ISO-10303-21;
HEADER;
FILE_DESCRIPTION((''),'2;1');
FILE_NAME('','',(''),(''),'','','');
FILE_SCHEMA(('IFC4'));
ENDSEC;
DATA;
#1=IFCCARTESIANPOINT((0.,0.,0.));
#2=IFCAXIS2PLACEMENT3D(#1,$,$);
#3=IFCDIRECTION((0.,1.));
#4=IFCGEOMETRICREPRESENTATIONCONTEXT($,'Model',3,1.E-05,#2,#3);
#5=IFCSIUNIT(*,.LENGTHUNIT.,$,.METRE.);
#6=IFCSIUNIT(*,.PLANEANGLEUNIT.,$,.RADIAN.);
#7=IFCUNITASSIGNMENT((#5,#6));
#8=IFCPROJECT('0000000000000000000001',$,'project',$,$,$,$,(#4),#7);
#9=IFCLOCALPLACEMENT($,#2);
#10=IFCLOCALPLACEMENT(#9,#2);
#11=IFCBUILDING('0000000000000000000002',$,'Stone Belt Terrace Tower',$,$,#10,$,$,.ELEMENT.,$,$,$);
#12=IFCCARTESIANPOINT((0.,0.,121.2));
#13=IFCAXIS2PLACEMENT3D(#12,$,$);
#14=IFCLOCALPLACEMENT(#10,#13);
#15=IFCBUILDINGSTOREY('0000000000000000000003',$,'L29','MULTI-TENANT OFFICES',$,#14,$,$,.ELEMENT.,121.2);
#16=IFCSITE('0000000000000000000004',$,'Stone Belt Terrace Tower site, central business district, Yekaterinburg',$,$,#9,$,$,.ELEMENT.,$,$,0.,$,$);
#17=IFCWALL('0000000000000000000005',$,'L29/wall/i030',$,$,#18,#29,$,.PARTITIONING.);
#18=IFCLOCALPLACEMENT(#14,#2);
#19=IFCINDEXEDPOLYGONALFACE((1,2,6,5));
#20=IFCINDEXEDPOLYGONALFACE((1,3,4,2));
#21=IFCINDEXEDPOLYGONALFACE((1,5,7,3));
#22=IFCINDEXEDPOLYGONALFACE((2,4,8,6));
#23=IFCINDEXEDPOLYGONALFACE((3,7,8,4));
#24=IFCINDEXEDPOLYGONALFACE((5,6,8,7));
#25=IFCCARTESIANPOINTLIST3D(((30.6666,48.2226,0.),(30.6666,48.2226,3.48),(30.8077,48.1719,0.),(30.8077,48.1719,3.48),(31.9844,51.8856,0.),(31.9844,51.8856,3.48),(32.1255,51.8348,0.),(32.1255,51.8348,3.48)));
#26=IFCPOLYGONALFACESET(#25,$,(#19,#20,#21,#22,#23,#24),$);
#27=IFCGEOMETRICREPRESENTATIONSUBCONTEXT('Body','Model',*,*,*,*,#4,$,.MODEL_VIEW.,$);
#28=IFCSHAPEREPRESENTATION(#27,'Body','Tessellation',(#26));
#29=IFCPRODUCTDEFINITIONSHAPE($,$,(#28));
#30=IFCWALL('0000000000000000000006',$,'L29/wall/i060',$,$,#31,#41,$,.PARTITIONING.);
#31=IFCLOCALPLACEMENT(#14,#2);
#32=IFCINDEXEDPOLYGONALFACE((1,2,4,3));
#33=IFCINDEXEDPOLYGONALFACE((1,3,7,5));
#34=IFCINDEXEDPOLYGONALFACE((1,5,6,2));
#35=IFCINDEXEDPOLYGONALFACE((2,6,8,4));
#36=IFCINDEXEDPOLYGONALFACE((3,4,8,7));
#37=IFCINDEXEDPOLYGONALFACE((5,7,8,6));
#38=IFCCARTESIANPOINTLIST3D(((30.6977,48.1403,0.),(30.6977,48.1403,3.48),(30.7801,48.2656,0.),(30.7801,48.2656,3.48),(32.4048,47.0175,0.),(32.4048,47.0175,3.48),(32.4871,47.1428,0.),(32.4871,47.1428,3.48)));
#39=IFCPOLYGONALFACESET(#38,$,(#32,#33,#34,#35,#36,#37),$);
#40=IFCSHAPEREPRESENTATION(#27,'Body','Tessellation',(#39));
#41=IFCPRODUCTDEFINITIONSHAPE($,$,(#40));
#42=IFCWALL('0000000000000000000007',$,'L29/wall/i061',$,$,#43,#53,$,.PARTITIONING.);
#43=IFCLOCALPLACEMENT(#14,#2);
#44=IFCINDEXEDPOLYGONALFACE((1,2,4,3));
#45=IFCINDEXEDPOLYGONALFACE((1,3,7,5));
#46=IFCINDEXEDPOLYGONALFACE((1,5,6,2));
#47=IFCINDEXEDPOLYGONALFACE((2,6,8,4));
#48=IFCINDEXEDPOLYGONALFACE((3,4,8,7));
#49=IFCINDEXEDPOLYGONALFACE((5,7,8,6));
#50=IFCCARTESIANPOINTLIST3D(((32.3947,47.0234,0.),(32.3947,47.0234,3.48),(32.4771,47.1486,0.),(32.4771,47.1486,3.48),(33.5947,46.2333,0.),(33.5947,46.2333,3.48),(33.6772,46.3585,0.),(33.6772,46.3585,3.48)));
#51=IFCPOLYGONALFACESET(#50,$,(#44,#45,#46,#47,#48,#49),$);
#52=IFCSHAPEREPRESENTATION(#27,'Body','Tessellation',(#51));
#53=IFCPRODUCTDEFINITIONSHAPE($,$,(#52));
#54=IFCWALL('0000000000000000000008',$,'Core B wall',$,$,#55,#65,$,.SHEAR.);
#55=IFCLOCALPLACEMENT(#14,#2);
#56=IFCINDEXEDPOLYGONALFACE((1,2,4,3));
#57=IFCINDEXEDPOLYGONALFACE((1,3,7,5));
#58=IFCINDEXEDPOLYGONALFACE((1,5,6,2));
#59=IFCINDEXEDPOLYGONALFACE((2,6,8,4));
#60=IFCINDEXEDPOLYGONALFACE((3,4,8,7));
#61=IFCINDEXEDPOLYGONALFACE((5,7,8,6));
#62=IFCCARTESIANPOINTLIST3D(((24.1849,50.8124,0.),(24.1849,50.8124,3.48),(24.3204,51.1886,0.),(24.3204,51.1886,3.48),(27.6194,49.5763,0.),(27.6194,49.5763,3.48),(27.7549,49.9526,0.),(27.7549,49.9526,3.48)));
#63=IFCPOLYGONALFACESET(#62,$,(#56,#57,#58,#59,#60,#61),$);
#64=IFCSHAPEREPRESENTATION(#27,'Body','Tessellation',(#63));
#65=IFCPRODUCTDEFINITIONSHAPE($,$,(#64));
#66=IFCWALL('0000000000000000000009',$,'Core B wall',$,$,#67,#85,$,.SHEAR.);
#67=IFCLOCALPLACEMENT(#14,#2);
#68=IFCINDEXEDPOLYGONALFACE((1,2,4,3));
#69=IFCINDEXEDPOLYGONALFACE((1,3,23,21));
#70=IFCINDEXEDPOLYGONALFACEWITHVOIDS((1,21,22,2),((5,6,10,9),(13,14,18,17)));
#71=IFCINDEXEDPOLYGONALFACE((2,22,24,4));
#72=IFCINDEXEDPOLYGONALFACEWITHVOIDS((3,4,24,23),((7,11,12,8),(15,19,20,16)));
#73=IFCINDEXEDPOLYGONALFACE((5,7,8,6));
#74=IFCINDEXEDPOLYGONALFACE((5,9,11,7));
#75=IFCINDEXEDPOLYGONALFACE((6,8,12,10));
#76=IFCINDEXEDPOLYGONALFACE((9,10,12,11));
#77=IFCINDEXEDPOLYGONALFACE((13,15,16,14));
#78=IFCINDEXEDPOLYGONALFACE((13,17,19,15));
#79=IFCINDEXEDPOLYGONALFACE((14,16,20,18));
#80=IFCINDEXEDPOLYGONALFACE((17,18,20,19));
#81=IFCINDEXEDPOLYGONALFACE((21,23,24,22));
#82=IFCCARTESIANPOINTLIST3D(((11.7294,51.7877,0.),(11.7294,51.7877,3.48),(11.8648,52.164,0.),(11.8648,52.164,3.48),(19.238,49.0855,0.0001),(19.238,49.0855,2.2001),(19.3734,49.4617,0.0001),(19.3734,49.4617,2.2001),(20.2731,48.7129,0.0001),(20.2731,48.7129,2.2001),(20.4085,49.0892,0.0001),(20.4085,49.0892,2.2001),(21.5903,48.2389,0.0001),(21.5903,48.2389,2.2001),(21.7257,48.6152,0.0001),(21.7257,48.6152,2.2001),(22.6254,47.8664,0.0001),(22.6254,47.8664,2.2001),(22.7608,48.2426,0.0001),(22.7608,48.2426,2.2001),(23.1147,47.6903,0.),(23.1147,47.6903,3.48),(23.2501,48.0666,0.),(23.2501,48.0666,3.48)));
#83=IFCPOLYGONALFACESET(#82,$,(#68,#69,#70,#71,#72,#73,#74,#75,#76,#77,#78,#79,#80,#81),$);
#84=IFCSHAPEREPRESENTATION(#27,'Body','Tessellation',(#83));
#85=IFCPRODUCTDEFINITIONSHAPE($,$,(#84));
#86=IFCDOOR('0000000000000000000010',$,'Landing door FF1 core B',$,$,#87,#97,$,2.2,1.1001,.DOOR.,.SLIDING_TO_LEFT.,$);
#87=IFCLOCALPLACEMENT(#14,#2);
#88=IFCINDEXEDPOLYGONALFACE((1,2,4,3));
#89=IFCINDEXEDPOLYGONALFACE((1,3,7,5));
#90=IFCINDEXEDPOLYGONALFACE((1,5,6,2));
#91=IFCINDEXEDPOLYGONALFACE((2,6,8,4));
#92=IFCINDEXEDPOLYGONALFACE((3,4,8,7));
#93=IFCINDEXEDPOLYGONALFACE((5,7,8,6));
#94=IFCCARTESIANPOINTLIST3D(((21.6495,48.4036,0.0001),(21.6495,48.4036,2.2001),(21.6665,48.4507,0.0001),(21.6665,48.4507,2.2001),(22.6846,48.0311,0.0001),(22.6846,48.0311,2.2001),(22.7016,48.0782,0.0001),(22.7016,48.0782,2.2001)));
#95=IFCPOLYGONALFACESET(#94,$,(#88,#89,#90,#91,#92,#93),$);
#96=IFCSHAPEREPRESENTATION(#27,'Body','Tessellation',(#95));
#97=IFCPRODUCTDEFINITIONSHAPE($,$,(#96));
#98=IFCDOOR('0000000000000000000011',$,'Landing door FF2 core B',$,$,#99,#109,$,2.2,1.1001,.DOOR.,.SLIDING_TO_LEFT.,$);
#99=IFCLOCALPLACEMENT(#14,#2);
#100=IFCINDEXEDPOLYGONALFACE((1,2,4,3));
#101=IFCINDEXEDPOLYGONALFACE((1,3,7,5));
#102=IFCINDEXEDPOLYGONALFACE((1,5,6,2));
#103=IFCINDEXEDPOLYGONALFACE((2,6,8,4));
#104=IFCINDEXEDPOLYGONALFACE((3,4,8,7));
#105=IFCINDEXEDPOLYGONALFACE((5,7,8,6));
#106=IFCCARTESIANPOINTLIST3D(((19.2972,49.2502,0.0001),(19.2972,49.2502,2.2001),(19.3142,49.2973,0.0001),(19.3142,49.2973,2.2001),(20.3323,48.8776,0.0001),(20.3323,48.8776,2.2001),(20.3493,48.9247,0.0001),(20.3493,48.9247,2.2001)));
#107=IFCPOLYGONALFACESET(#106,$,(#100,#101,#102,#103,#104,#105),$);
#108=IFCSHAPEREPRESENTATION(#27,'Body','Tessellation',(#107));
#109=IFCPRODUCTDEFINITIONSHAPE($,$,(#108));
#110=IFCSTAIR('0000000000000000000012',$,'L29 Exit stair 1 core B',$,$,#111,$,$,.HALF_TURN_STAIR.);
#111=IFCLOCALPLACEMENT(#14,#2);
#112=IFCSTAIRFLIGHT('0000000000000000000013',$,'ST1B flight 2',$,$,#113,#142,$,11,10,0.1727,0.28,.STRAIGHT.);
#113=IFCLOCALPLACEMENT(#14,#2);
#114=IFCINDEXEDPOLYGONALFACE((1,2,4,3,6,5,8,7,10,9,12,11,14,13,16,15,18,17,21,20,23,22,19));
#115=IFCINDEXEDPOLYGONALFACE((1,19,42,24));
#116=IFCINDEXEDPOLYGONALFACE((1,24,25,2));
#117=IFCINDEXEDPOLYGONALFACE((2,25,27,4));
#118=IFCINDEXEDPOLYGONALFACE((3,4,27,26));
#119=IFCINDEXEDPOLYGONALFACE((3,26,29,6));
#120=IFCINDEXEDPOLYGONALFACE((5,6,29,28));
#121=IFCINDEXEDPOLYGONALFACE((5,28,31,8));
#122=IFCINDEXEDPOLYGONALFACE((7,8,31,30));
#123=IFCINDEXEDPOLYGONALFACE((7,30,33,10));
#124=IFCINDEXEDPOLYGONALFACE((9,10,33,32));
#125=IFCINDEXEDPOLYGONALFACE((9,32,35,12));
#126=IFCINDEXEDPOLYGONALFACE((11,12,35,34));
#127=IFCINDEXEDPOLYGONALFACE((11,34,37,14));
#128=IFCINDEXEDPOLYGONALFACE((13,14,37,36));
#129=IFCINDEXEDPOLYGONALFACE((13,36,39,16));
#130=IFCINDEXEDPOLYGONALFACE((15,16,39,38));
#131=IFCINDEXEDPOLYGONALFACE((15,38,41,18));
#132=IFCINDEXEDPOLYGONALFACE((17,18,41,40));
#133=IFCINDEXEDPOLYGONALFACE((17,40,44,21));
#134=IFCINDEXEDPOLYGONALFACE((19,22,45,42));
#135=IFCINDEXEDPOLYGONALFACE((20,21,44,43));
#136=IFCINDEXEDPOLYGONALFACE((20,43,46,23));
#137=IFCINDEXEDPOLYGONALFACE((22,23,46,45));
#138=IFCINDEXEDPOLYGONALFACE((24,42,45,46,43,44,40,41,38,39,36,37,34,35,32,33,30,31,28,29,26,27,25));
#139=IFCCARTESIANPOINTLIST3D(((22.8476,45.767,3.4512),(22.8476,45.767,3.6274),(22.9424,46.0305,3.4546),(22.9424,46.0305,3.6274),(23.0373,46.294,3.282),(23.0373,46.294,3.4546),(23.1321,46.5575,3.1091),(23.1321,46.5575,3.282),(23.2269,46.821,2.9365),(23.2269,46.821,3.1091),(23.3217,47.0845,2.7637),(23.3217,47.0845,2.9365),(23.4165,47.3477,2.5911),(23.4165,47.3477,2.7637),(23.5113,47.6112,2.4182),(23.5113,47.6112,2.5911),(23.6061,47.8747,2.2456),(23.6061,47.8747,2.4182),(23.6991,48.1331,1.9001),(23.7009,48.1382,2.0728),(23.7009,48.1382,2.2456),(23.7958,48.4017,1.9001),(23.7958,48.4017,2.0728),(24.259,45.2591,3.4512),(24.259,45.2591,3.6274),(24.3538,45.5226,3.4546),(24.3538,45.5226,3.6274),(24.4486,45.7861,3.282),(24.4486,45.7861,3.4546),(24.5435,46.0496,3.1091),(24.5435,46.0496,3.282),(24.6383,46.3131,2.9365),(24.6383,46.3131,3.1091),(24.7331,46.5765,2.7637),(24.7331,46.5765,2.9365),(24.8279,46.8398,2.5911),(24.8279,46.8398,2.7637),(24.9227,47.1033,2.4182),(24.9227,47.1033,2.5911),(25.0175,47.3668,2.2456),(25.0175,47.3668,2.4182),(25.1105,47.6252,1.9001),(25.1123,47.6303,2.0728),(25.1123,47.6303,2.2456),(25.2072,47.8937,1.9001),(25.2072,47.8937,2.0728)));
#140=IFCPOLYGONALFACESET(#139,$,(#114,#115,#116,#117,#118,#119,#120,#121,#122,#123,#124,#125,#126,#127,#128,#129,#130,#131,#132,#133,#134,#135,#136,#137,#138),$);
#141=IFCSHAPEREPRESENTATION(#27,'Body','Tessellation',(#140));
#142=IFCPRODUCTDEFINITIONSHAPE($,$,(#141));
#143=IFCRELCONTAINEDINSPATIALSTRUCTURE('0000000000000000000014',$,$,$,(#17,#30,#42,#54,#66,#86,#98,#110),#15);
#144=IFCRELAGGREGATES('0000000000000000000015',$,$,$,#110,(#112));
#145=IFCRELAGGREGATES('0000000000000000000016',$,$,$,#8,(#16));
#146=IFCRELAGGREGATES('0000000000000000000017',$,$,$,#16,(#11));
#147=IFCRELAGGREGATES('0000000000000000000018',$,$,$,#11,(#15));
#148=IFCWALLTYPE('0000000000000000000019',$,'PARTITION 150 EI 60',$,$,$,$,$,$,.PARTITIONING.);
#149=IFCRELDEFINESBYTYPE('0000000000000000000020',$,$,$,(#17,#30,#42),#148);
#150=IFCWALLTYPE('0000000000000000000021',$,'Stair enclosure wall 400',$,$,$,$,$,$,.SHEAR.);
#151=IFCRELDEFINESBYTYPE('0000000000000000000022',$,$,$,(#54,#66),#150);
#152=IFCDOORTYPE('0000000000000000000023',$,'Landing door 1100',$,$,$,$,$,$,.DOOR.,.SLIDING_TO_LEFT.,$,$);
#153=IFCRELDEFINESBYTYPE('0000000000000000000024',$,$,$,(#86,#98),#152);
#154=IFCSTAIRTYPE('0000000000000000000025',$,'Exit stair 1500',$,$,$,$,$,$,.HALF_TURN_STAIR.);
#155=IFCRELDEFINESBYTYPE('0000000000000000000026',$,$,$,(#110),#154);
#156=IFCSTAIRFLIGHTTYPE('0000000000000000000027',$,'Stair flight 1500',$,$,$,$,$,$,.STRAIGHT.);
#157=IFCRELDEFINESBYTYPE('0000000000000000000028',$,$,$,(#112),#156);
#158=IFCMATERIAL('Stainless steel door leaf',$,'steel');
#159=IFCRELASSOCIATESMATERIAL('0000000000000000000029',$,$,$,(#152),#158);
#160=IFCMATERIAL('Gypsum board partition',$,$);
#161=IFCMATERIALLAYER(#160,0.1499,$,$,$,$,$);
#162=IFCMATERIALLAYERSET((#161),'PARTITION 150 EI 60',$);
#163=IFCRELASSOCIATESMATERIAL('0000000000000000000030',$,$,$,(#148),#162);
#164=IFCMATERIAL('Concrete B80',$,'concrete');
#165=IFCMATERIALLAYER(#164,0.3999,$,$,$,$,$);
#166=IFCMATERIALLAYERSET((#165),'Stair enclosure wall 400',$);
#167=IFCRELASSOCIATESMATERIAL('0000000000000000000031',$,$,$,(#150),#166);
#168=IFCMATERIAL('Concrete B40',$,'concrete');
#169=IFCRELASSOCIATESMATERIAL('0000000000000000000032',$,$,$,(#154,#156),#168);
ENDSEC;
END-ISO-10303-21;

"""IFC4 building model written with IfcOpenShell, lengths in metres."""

from ifc_helpers import new_model, si_unit, direction, frame, frame_2d, origin, place, context, subcontext, project, spatial, polyline, rectangle, outline, extrude, material, layer, layer_set, type_object, element, fill, aggregate, save


model = new_model("IFC4")

# Units and contexts
model_context = context("Model", 3, precision=1e-05, world=origin(), true_north=direction((0.0, 1.0)))
body_context = subcontext(model_context, "Body", "Model", "MODEL_VIEW")
ifc_project = project(units=[si_unit("LENGTHUNIT", "METRE"), si_unit("PLANEANGLEUNIT", "RADIAN")], contexts=[model_context])

# Site, building, storey
site_placement = place(None, origin())
site = spatial("IfcSite", under=ifc_project, at=site_placement, Name="Stone Belt Terrace Tower site, central business district, Yekaterinburg", CompositionType="ELEMENT", RefElevation=0.0)
building_placement = place(site_placement, origin())
building = spatial("IfcBuilding", under=site, at=building_placement, Name="Stone Belt Terrace Tower", CompositionType="ELEMENT")
storey_placement = place(building_placement, frame((0.0, 0.0, 121.2)))
storey = spatial("IfcBuildingStorey", under=building, at=storey_placement, Name="L29", Description="MULTI-TENANT OFFICES", CompositionType="ELEMENT", Elevation=121.2)

# Shared definitions
ifc_material_1 = material(Name="Concrete B80", Category="concrete")

# Shared definitions
ifc_material_2 = material(Name="Stainless steel door leaf", Category="steel")

# Shared definitions
door_type_1 = type_object("IfcDoorType", Name="Landing door 1100", OperationType="SLIDING_TO_LEFT", PredefinedType="DOOR", material=ifc_material_2)

# Shared definitions
ifc_material_3 = material(Name="Gypsum board partition")
ifc_layer_1 = layer(ifc_material_3, 0.1499)
ifc_layer_set_1 = layer_set([ifc_layer_1], Name="PARTITION 150 EI 60")
wall_type_1 = type_object("IfcWallType", Name="PARTITION 150 EI 60", PredefinedType="PARTITIONING", material=ifc_layer_set_1)

# Walls
wall_1_placement = place(storey_placement, frame((32.0549, 51.8601, 0.0), z_axis=(0.0, 0.0, 1.0), x_axis=(-0.338528, -0.940956, 0.0)))
element("IfcWall", 1, at=wall_1_placement, inside=storey, type_object=wall_type_1, Name="L29/wall/i030", PredefinedType="PARTITIONING", context=body_context, shape_type="SweptSolid", body=[
    extrude(rectangle(XDim=3.8928, YDim=0.1499, at=frame_2d((1.9463, 0.0))), origin(), (0.0, 0.0, 1.0), 3.48),
])
wall_2_placement = place(storey_placement, frame((30.739, 48.2029, 0.0), z_axis=(0.0, 0.0, 1.0), x_axis=(0.835472, -0.549533, 0.0)))
element("IfcWall", 2, at=wall_2_placement, inside=storey, type_object=wall_type_1, Name="L29/wall/i060", PredefinedType="PARTITIONING", context=body_context, shape_type="SweptSolid", body=[
    extrude(rectangle(XDim=2.0432, YDim=0.1499, at=frame_2d((1.0215, 0.0))), origin(), (0.0, 0.0, 1.0), 3.48),
])
wall_3_placement = place(storey_placement, frame((32.436, 47.0859, 0.0), z_axis=(0.0, 0.0, 1.0), x_axis=(0.835226, -0.549907, 0.0)))
element("IfcWall", 3, at=wall_3_placement, inside=storey, type_object=wall_type_1, Name="L29/wall/i061", PredefinedType="PARTITIONING", context=body_context, shape_type="SweptSolid", body=[
    extrude(rectangle(XDim=1.4368, YDim=0.1499, at=frame_2d((0.7183, 0.0))), origin(), (0.0, 0.0, 1.0), 3.48),
])
ifc_layer_2 = layer(ifc_material_1, 0.3999)
ifc_layer_set_2 = layer_set([ifc_layer_2], Name="Stair enclosure wall 400")
wall_type_2 = type_object("IfcWallType", Name="Stair enclosure wall 400", PredefinedType="SHEAR", material=ifc_layer_set_2)
wall_4_placement = place(storey_placement, frame((27.6873, 49.7644, 0.0), z_axis=(0.0, 0.0, 1.0), x_axis=(-0.940919, 0.338632, 0.0)))
element("IfcWall", 4, at=wall_4_placement, inside=storey, type_object=wall_type_2, Name="Core B wall", PredefinedType="SHEAR", context=body_context, shape_type="SweptSolid", body=[
    extrude(rectangle(XDim=3.6501, YDim=0.3999, at=frame_2d((1.8252, 0.0))), origin(), (0.0, 0.0, 1.0), 3.48),
])

# Wall, openings, doors
wall_5_placement = place(storey_placement, frame((23.1824, 47.8784, 0.0), z_axis=(0.0, 0.0, 1.0), x_axis=(-0.940921, 0.338626, 0.0)))
wall_5 = element("IfcWall", 5, at=wall_5_placement, inside=storey, type_object=wall_type_2, Name="Core B wall", PredefinedType="SHEAR", context=body_context, shape_type="SweptSolid", body=[
    extrude(rectangle(XDim=12.1001, YDim=0.3999, at=frame_2d((6.05, 0.0))), origin(), (0.0, 0.0, 1.0), 3.48),
])
opening_1_placement = place(wall_5_placement, frame((0.52, 0.0, 0.0)))
opening_1 = element("IfcOpeningElement", 6, at=opening_1_placement, cuts=wall_5, PredefinedType="OPENING", context=body_context, shape_type="SweptSolid", body=[
    extrude(rectangle(XDim=1.1001, YDim=2.2, at=frame_2d((0.55, 1.1001))), frame((0.0, 0.21, 0.0), z_axis=(0.0, -1.0, 0.0), x_axis=(1.0, 0.0, 0.0)), (0.0, 0.0, 1.0), 0.4199),
])
opening_2_placement = place(wall_5_placement, frame((3.02, 0.0, 0.0)))
opening_2 = element("IfcOpeningElement", 7, at=opening_2_placement, cuts=wall_5, PredefinedType="OPENING", context=body_context, shape_type="SweptSolid", body=[
    extrude(rectangle(XDim=1.1001, YDim=2.2, at=frame_2d((0.55, 1.1001))), frame((0.0, 0.21, 0.0), z_axis=(0.0, -1.0, 0.0), x_axis=(1.0, 0.0, 0.0)), (0.0, 0.0, 1.0), 0.4199),
])
door_1_placement = place(opening_1_placement, origin())
door_1 = element("IfcDoor", 8, at=door_1_placement, inside=storey, type_object=door_type_1, Name="Landing door FF1 core B", OperationType="SLIDING_TO_LEFT", OverallHeight=2.2, OverallWidth=1.1001, PredefinedType="DOOR", context=body_context, shape_type="SweptSolid", body=[
    extrude(rectangle(XDim=1.1001, YDim=2.2, at=frame_2d((0.55, 1.1001))), frame((0.0, 0.0249, 0.0), z_axis=(0.0, -1.0, 0.0), x_axis=(1.0, 0.0, 0.0)), (0.0, 0.0, 1.0), 0.05),
])
fill(opening_1, door_1)
door_2_placement = place(opening_2_placement, origin())
door_2 = element("IfcDoor", 9, at=door_2_placement, inside=storey, type_object=door_type_1, Name="Landing door FF2 core B", OperationType="SLIDING_TO_LEFT", OverallHeight=2.2, OverallWidth=1.1001, PredefinedType="DOOR", context=body_context, shape_type="SweptSolid", body=[
    extrude(rectangle(XDim=1.1001, YDim=2.2, at=frame_2d((0.55, 1.1001))), frame((0.0, 0.0249, 0.0), z_axis=(0.0, -1.0, 0.0), x_axis=(1.0, 0.0, 0.0)), (0.0, 0.0, 1.0), 0.05),
])
fill(opening_2, door_2)

# Stair, stair flight
ifc_material_4 = material(Name="Concrete B40", Category="concrete")
stair_type = type_object("IfcStairType", Name="Exit stair 1500", PredefinedType="HALF_TURN_STAIR", material=ifc_material_4)
stair_placement = place(storey_placement, origin())
stair = element("IfcStair", 10, at=stair_placement, inside=storey, type_object=stair_type, Name="L29 Exit stair 1 core B", PredefinedType="HALF_TURN_STAIR")
stair_flight_type = type_object("IfcStairFlightType", Name="Stair flight 1500", PredefinedType="STRAIGHT", material=ifc_material_4)
stair_flight_placement = place(storey_placement, frame((24.5015, 48.1477, 1.9001), z_axis=(0.0, 0.0, 1.0), x_axis=(-0.338624, -0.940922, 0.0)))
stair_flight = element("IfcStairFlight", 11, at=stair_flight_placement, type_object=stair_flight_type, Name="ST1B flight 2", NumberOfRisers=11, NumberOfTreads=10, PredefinedType="STRAIGHT", RiserHeight=0.1727, TreadLength=0.28, context=body_context, shape_type="SweptSolid", body=[
    extrude(outline(polyline([(0.0, 0.0), (0.0, 0.1726), (0.28, 0.1726), (0.28, 0.3455), (0.5601, 0.3455), (0.5601, 0.5181), (0.8401, 0.5181), (0.8401, 0.6909), (1.1201, 0.6909), (1.1201, 0.8635), (1.3999, 0.8635), (1.3999, 1.0364), (1.6799, 1.0364), (1.6799, 1.209), (1.96, 1.209), (1.96, 1.3818), (2.24, 1.3818), (2.24, 1.5544), (2.52, 1.5544), (2.52, 1.7273), (2.8, 1.7273), (2.8, 1.8999), (2.8, 1.551), (0.2854, 0.0), (0.0, 0.0)])), frame((0.0, 0.75, 0.0), z_axis=(0.0, -1.0, 0.0), x_axis=(1.0, 0.0, 0.0)), (0.0, 0.0, 1.0), 1.5),
])
aggregate(stair, [stair_flight])

save(model, "model.ifc")
